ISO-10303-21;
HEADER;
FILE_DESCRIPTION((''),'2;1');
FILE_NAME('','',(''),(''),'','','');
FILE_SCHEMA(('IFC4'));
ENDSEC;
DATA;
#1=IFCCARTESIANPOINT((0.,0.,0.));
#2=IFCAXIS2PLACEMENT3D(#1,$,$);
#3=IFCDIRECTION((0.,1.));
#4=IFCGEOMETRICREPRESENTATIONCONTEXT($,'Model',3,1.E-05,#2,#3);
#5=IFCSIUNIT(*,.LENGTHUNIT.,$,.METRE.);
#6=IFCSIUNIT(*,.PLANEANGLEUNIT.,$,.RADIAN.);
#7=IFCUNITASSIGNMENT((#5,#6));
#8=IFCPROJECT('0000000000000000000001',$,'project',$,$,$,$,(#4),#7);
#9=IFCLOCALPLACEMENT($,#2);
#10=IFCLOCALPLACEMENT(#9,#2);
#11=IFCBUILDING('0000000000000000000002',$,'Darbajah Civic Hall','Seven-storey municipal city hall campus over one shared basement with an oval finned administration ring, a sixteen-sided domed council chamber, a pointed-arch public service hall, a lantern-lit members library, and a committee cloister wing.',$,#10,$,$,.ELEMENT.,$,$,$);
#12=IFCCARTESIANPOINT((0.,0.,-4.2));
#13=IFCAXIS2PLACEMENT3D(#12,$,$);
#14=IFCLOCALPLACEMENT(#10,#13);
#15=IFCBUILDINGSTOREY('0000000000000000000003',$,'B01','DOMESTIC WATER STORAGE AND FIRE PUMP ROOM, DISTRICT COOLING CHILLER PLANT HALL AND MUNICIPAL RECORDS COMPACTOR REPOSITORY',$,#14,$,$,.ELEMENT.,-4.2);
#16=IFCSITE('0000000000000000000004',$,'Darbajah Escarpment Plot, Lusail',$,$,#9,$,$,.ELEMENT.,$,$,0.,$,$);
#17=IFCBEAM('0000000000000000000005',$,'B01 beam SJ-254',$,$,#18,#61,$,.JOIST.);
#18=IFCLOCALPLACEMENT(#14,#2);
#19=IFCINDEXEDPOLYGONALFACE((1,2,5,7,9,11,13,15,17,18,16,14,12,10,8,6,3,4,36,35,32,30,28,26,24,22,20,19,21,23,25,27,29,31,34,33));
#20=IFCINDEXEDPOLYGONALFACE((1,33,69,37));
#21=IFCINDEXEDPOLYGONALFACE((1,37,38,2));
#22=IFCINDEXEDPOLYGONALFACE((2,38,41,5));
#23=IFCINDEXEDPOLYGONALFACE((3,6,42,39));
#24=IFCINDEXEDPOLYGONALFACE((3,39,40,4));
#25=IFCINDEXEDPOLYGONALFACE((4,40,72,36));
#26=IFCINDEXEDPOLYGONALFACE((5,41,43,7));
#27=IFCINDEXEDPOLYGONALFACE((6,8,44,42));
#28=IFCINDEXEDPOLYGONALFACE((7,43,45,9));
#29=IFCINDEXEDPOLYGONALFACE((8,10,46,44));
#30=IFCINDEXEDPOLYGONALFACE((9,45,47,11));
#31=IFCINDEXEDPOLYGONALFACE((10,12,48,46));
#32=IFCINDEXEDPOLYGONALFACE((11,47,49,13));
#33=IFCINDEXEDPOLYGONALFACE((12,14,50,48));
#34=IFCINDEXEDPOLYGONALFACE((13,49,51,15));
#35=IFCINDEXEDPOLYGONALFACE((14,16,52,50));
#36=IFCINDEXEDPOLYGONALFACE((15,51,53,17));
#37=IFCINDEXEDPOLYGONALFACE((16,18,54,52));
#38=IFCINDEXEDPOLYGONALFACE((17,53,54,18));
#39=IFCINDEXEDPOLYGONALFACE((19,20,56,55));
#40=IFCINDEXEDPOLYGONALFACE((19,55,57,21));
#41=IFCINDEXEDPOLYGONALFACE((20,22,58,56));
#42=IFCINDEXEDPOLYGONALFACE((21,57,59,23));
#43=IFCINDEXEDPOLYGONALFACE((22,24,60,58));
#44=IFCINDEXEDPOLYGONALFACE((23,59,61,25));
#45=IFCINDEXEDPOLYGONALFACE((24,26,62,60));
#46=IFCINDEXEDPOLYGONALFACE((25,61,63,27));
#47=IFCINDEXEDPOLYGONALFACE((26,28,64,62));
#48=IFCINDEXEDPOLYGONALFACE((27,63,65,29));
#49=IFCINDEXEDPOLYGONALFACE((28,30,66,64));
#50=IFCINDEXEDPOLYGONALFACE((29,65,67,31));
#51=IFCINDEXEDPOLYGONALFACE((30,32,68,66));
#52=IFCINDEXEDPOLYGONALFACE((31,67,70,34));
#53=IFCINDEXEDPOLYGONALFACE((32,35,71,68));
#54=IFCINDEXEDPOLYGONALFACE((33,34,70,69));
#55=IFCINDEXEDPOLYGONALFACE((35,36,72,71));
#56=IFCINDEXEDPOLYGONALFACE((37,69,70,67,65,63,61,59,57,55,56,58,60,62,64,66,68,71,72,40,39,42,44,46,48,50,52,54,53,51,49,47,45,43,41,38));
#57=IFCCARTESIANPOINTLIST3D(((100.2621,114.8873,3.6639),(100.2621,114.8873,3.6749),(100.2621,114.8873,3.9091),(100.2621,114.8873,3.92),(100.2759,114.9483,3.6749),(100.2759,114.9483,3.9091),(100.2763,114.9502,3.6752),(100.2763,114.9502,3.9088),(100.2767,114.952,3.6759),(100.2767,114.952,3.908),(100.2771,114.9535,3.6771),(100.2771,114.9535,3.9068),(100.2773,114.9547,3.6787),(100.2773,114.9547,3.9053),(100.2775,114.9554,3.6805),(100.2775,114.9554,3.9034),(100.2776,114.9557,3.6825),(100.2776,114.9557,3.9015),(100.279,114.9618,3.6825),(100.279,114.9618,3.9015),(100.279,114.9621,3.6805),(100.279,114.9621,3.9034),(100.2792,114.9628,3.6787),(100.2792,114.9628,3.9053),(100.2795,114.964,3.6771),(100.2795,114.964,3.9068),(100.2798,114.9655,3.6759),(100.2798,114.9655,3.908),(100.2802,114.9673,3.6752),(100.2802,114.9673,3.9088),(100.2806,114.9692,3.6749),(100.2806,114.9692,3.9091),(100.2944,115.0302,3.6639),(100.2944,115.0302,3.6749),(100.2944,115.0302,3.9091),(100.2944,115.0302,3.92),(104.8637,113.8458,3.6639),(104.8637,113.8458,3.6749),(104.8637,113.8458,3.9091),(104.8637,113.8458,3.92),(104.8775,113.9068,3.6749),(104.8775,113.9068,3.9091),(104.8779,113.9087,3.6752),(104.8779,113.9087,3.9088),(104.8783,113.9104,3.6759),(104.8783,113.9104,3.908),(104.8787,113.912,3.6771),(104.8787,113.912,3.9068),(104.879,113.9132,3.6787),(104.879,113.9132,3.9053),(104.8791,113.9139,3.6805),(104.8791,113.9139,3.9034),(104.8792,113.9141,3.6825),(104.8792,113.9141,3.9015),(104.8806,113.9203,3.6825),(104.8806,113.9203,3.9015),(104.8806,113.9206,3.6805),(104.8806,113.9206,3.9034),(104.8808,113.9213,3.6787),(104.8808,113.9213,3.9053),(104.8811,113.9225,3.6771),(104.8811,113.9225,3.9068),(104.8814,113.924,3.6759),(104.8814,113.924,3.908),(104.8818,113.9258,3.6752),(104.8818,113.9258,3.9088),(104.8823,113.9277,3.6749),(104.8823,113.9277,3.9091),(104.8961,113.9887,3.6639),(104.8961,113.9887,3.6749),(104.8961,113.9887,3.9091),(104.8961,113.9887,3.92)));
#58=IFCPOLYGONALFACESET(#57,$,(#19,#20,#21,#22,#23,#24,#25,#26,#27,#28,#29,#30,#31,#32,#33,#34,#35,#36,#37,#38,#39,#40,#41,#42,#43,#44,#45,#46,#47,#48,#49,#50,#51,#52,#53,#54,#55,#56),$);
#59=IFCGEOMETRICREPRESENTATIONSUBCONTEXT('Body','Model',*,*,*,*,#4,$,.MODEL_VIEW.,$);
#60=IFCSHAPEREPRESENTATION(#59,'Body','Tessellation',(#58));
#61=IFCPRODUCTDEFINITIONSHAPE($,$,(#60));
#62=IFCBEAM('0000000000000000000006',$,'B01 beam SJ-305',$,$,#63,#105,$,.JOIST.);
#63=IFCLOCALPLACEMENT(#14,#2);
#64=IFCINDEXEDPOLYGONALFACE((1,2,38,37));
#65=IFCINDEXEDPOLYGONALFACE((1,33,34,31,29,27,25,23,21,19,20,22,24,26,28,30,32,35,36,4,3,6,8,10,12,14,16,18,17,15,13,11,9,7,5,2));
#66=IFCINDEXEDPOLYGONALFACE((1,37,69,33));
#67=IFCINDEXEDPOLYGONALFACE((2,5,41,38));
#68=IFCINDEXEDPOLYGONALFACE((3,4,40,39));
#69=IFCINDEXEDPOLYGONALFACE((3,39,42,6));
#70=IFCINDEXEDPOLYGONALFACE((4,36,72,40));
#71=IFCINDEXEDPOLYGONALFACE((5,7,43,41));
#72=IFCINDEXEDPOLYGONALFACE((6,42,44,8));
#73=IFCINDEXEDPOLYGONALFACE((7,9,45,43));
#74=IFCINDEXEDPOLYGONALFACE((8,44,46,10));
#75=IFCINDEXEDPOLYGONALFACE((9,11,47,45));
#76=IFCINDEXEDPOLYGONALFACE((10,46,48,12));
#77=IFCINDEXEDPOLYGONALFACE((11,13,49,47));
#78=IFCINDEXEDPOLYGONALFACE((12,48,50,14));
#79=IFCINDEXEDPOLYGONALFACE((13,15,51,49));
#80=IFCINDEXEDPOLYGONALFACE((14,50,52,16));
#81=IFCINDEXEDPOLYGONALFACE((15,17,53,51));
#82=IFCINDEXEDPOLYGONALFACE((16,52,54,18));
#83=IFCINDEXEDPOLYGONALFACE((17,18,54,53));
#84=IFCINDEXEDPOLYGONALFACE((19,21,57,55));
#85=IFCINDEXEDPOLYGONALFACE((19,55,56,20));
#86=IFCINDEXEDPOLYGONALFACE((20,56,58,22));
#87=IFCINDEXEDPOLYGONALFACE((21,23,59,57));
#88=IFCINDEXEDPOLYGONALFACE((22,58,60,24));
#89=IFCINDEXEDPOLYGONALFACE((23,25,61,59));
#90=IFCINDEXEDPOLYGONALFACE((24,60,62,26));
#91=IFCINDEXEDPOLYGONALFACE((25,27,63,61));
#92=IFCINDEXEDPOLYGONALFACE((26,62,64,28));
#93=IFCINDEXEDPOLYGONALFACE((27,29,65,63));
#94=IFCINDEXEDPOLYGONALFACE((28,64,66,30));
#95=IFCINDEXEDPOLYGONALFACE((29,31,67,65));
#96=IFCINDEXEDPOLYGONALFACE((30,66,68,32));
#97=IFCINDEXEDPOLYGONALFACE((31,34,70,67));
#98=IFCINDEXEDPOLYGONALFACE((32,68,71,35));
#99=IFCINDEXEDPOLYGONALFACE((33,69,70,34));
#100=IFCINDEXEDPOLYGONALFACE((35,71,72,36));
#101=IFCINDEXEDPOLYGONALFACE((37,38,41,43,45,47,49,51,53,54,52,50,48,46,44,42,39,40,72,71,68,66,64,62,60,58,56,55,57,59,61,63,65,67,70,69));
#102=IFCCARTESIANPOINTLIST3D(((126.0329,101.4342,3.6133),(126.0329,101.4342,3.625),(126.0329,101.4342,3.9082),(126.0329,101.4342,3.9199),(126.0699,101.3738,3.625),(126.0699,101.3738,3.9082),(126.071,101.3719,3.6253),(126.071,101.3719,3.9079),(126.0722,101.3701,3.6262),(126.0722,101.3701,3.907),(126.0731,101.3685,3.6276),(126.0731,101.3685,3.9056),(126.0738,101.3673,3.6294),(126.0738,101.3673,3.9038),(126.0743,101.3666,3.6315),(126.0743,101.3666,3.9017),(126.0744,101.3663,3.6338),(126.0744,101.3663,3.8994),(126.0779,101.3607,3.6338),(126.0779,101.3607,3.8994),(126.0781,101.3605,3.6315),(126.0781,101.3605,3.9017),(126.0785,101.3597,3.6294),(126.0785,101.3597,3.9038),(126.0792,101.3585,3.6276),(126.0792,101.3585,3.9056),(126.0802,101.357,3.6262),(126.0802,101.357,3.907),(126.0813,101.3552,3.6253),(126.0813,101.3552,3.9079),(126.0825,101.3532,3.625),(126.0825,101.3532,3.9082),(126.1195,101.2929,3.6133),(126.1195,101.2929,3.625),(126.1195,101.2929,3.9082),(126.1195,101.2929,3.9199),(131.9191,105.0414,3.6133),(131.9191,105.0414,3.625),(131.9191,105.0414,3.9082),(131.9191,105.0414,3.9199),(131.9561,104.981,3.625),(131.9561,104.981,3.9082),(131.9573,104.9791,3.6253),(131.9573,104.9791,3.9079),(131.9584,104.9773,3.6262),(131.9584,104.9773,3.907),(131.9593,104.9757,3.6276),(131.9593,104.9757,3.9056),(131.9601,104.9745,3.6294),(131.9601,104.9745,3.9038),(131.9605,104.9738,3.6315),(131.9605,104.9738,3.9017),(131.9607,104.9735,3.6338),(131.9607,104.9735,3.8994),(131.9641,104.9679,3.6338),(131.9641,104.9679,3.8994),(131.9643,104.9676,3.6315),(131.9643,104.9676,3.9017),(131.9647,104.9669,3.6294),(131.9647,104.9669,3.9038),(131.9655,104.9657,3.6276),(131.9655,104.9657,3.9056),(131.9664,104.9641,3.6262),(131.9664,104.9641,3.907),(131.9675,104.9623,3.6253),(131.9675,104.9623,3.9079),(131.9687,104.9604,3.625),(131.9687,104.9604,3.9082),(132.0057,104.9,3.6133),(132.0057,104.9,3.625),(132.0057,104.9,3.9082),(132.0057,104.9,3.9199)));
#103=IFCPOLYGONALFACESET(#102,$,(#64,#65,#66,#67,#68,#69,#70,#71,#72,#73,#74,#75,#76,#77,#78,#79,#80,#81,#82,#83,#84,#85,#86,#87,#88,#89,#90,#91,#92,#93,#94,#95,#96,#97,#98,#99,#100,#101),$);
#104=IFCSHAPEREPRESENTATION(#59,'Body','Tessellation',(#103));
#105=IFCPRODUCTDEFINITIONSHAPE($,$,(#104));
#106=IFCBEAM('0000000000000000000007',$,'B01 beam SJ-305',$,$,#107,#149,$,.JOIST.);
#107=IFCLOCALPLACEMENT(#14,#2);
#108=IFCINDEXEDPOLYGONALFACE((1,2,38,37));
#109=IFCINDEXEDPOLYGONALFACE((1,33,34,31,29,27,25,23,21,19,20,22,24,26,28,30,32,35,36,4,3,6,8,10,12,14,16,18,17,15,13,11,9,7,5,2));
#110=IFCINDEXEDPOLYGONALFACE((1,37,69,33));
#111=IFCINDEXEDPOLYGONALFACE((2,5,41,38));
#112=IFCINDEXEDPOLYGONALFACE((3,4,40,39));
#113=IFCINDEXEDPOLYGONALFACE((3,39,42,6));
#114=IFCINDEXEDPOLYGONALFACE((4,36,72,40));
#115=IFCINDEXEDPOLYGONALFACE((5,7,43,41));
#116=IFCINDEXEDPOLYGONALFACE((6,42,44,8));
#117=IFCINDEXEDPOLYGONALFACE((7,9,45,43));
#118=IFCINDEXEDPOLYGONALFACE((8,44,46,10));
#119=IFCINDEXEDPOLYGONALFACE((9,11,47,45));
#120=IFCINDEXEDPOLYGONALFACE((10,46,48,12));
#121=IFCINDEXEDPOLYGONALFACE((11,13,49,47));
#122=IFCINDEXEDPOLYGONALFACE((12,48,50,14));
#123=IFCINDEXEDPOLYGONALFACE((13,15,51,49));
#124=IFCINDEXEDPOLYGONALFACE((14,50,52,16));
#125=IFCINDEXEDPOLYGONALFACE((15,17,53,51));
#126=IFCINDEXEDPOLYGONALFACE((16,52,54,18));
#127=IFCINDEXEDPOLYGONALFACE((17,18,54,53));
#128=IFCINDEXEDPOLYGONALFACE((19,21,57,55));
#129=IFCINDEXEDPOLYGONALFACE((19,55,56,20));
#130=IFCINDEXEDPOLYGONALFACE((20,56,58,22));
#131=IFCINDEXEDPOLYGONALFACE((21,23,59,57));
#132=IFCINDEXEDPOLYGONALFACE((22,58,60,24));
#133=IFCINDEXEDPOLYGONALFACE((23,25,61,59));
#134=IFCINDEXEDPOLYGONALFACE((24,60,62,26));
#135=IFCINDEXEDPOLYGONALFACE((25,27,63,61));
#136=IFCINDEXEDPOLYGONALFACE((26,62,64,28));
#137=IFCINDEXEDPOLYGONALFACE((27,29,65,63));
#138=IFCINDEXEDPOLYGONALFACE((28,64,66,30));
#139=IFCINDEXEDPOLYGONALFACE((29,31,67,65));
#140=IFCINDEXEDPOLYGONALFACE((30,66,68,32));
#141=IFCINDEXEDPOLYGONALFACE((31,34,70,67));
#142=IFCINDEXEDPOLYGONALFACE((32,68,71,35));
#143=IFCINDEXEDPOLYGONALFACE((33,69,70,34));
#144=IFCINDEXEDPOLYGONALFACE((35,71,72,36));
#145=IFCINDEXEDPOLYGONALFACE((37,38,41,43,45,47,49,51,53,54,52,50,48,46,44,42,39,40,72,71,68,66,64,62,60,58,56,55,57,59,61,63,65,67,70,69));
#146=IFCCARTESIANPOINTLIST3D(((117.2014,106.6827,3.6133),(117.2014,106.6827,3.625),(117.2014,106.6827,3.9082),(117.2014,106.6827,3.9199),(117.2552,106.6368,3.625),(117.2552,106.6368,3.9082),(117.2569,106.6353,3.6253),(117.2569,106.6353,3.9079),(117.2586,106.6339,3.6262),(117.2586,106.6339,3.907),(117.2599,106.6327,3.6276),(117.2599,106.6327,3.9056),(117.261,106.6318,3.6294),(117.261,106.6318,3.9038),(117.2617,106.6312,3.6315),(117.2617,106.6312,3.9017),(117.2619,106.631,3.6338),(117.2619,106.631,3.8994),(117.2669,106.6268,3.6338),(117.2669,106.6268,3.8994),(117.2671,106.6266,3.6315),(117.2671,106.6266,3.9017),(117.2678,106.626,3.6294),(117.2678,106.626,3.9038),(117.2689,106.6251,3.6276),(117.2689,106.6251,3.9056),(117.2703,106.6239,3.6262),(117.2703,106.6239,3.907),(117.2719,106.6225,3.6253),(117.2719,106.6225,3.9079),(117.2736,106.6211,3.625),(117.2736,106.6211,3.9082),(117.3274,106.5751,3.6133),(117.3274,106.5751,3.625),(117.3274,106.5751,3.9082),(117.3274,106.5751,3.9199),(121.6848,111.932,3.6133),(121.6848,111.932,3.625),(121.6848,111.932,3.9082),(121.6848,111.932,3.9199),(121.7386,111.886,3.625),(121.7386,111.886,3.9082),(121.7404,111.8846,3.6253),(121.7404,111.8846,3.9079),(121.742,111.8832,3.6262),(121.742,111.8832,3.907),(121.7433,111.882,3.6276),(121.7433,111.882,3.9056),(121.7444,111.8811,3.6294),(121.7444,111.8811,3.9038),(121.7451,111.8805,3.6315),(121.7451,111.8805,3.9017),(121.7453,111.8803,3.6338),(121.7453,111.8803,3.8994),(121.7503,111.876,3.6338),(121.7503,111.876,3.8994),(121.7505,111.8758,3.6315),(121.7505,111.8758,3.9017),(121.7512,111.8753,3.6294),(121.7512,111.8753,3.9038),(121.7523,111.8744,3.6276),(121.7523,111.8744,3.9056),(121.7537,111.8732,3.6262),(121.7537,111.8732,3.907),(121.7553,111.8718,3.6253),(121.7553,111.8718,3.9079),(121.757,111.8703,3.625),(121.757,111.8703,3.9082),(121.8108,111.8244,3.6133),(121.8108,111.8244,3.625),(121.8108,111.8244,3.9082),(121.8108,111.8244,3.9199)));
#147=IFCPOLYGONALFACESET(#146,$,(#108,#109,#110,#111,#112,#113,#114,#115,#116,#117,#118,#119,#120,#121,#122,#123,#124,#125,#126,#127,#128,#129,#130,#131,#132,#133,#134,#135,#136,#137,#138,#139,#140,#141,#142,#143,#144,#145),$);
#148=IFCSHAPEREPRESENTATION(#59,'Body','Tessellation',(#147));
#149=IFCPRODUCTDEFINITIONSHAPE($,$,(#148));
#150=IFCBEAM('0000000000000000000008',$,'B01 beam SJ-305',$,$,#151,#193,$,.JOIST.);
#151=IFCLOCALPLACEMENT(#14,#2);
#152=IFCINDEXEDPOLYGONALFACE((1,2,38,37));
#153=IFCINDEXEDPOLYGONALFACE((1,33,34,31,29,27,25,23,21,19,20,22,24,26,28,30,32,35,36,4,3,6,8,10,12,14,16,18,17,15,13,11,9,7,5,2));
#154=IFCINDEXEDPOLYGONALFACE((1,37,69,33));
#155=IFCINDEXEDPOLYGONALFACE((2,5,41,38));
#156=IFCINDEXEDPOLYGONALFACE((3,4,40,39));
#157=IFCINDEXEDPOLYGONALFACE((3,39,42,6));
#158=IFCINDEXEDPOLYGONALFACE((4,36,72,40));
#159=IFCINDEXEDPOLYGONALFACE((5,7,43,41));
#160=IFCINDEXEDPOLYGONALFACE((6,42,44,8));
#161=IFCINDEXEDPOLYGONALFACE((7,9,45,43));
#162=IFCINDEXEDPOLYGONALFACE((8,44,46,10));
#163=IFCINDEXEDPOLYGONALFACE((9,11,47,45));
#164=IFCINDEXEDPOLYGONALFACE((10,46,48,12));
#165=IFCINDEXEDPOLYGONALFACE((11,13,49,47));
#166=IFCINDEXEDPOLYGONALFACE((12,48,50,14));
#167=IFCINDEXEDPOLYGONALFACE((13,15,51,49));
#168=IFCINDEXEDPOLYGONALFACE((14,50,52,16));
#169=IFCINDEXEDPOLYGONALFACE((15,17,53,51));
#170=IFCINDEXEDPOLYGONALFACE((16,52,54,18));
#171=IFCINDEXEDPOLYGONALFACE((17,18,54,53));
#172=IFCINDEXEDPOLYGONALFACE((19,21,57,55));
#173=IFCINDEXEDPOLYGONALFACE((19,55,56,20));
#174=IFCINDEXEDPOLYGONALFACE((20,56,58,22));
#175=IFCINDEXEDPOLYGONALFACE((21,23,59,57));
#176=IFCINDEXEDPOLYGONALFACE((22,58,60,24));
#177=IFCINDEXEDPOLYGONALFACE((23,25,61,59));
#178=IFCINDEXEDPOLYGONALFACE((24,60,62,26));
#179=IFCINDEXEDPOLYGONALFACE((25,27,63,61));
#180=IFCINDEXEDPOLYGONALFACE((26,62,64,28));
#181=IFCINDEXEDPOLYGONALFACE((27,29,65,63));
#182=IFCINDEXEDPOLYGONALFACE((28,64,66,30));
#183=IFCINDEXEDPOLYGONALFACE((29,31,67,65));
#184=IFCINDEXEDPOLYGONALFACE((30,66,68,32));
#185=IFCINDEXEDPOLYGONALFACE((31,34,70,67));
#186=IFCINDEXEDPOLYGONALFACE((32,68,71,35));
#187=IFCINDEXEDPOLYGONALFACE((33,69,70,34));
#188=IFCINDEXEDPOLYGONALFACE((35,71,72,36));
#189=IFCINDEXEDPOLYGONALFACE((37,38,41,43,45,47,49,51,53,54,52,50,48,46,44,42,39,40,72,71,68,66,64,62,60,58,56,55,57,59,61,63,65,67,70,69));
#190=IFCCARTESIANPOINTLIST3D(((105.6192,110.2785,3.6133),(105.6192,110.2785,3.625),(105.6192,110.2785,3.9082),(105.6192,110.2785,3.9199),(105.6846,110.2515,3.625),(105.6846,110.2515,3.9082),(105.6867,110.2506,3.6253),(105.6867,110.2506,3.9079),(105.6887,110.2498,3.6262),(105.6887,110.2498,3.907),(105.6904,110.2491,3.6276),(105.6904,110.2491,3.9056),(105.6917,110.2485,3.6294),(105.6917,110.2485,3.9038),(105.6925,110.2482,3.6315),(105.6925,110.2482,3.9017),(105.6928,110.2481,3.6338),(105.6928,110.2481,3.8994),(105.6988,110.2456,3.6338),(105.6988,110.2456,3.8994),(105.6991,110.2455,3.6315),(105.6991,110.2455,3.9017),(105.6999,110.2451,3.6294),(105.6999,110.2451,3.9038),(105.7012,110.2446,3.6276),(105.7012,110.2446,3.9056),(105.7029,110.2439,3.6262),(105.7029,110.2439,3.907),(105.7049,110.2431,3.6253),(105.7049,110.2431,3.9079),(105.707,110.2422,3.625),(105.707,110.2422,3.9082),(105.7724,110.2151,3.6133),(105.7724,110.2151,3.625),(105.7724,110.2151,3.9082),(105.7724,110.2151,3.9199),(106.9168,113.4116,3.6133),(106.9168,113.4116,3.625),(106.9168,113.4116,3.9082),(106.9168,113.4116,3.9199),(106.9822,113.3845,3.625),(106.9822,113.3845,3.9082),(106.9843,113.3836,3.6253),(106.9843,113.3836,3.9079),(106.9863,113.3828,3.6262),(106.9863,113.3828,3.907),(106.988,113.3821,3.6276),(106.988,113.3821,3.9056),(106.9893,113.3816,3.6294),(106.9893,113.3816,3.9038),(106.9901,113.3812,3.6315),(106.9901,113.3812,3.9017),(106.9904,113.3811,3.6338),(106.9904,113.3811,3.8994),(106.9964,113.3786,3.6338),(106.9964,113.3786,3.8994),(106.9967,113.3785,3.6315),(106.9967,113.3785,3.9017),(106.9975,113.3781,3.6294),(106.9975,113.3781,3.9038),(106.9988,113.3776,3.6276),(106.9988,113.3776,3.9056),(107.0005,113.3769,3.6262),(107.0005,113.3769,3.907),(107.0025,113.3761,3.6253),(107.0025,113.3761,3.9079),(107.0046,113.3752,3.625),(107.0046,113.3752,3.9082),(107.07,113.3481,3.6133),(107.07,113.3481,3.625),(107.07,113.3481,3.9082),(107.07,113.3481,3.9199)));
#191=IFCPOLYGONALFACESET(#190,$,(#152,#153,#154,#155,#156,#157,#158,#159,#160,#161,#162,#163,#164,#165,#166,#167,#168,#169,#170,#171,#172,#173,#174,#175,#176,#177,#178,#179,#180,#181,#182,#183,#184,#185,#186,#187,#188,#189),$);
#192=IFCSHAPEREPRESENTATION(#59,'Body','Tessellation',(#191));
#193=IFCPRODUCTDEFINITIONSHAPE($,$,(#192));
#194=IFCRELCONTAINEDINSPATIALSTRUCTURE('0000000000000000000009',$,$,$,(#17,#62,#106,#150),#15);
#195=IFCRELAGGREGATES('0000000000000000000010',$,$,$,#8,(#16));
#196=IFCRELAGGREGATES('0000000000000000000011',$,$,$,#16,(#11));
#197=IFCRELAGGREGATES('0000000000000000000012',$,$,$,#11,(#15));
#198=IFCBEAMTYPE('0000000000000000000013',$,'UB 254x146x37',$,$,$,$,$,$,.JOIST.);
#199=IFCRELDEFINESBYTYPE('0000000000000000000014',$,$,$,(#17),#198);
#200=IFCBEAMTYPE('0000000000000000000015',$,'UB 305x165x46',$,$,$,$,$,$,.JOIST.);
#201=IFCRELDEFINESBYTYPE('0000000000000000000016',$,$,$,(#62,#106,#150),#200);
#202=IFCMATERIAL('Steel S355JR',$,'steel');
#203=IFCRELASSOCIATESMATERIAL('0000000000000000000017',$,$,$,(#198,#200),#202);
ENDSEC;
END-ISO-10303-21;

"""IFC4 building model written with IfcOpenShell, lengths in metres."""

from ifc_helpers import new_model, si_unit, direction, frame, origin, origin_2d, place, context, subcontext, project, spatial, i_section, extrude, material, material_profile, profile_set, type_object, element, save


model = new_model("IFC4")

# Units and contexts
model_context = context("Model", 3, precision=1e-05, world=origin(), true_north=direction((0.0, 1.0)))
body_context = subcontext(model_context, "Body", "Model", "MODEL_VIEW")
ifc_project = project(units=[si_unit("LENGTHUNIT", "METRE"), si_unit("PLANEANGLEUNIT", "RADIAN")], contexts=[model_context])

# Site, building, storey
site_placement = place(None, origin())
site = spatial("IfcSite", under=ifc_project, at=site_placement, Name="Darbajah Escarpment Plot, Lusail", CompositionType="ELEMENT", RefElevation=0.0)
building_placement = place(site_placement, origin())
building = spatial("IfcBuilding", under=site, at=building_placement, Name="Darbajah Civic Hall", Description="Seven-storey municipal city hall campus over one shared basement with an oval finned administration ring, a sixteen-sided domed council chamber, a pointed-arch public service hall, a lantern-lit members library, and a committee cloister wing.", CompositionType="ELEMENT")
storey_placement = place(building_placement, frame((0.0, 0.0, -4.2)))
storey = spatial("IfcBuildingStorey", under=building, at=storey_placement, Name="B01", Description="DOMESTIC WATER STORAGE AND FIRE PUMP ROOM, DISTRICT COOLING CHILLER PLANT HALL AND MUNICIPAL RECORDS COMPACTOR REPOSITORY", CompositionType="ELEMENT", Elevation=-4.2)

# Beams
ifc_material_1 = material(Name="Steel S355JR", Category="steel")
ifc_material_profile_1 = material_profile(ifc_material_1, i_section(OverallWidth=0.1465, OverallDepth=0.2561, WebThickness=0.0063, FlangeThickness=0.011, FilletRadius=0.0076, at=origin_2d()), Name="UB 254x146x37")
ifc_profile_set_1 = profile_set([ifc_material_profile_1], Name="Steel S355JR")
beam_type_1 = type_object("IfcBeamType", Name="UB 254x146x37", PredefinedType="JOIST", material=ifc_profile_set_1)
beam_1_placement = place(storey_placement, frame((104.8799, 113.9172, 3.792), z_axis=(-0.97533, 0.220753, 0.0), x_axis=(-0.220753, -0.97533, 0.0)))
element("IfcBeam", 1, at=beam_1_placement, inside=storey, type_object=beam_type_1, Name="B01 beam SJ-254", PredefinedType="JOIST", context=body_context, shape_type="SweptSolid", body=[
    extrude(i_section(OverallWidth=0.1465, OverallDepth=0.2561, WebThickness=0.0063, FlangeThickness=0.011, FilletRadius=0.0076, at=origin_2d()), origin(), (0.0, 0.0, 1.0), 4.718),
])
ifc_material_profile_2 = material_profile(ifc_material_1, i_section(OverallWidth=0.1658, OverallDepth=0.3066, WebThickness=0.0066, FlangeThickness=0.0117, FilletRadius=0.0088, at=origin_2d()), Name="UB 305x165x46")
ifc_profile_set_2 = profile_set([ifc_material_profile_2], Name="Steel S355JR")
beam_type_2 = type_object("IfcBeamType", Name="UB 305x165x46", PredefinedType="JOIST", material=ifc_profile_set_2)
beam_2_placement = place(storey_placement, frame((126.0762, 101.3635, 3.7666), z_axis=(0.852634, 0.522508, 0.0), x_axis=(-0.522508, 0.852634, 0.0)))
element("IfcBeam", 2, at=beam_2_placement, inside=storey, type_object=beam_type_2, Name="B01 beam SJ-305", PredefinedType="JOIST", context=body_context, shape_type="SweptSolid", body=[
    extrude(i_section(OverallWidth=0.1658, OverallDepth=0.3066, WebThickness=0.0066, FlangeThickness=0.0117, FilletRadius=0.0088, at=origin_2d()), origin(), (0.0, 0.0, 1.0), 6.9036),
])
beam_3_placement = place(storey_placement, frame((117.2644, 106.6289, 3.7666), z_axis=(0.649456, 0.760399, 0.0), x_axis=(-0.760399, 0.649456, 0.0)))
element("IfcBeam", 3, at=beam_3_placement, inside=storey, type_object=beam_type_2, Name="B01 beam SJ-305", PredefinedType="JOIST", context=body_context, shape_type="SweptSolid", body=[
    extrude(i_section(OverallWidth=0.1658, OverallDepth=0.3066, WebThickness=0.0066, FlangeThickness=0.0117, FilletRadius=0.0088, at=origin_2d()), origin(), (0.0, 0.0, 1.0), 6.9033),
])
beam_4_placement = place(storey_placement, frame((105.6958, 110.2468, 3.7666), z_axis=(0.382646, 0.923895, 0.0), x_axis=(-0.923895, 0.382646, 0.0)))
element("IfcBeam", 4, at=beam_4_placement, inside=storey, type_object=beam_type_2, Name="B01 beam SJ-305", PredefinedType="JOIST", context=body_context, shape_type="SweptSolid", body=[
    extrude(i_section(OverallWidth=0.1658, OverallDepth=0.3066, WebThickness=0.0066, FlangeThickness=0.0117, FilletRadius=0.0088, at=origin_2d()), origin(), (0.0, 0.0, 1.0), 3.3911),
])

save(model, "model.ifc")
